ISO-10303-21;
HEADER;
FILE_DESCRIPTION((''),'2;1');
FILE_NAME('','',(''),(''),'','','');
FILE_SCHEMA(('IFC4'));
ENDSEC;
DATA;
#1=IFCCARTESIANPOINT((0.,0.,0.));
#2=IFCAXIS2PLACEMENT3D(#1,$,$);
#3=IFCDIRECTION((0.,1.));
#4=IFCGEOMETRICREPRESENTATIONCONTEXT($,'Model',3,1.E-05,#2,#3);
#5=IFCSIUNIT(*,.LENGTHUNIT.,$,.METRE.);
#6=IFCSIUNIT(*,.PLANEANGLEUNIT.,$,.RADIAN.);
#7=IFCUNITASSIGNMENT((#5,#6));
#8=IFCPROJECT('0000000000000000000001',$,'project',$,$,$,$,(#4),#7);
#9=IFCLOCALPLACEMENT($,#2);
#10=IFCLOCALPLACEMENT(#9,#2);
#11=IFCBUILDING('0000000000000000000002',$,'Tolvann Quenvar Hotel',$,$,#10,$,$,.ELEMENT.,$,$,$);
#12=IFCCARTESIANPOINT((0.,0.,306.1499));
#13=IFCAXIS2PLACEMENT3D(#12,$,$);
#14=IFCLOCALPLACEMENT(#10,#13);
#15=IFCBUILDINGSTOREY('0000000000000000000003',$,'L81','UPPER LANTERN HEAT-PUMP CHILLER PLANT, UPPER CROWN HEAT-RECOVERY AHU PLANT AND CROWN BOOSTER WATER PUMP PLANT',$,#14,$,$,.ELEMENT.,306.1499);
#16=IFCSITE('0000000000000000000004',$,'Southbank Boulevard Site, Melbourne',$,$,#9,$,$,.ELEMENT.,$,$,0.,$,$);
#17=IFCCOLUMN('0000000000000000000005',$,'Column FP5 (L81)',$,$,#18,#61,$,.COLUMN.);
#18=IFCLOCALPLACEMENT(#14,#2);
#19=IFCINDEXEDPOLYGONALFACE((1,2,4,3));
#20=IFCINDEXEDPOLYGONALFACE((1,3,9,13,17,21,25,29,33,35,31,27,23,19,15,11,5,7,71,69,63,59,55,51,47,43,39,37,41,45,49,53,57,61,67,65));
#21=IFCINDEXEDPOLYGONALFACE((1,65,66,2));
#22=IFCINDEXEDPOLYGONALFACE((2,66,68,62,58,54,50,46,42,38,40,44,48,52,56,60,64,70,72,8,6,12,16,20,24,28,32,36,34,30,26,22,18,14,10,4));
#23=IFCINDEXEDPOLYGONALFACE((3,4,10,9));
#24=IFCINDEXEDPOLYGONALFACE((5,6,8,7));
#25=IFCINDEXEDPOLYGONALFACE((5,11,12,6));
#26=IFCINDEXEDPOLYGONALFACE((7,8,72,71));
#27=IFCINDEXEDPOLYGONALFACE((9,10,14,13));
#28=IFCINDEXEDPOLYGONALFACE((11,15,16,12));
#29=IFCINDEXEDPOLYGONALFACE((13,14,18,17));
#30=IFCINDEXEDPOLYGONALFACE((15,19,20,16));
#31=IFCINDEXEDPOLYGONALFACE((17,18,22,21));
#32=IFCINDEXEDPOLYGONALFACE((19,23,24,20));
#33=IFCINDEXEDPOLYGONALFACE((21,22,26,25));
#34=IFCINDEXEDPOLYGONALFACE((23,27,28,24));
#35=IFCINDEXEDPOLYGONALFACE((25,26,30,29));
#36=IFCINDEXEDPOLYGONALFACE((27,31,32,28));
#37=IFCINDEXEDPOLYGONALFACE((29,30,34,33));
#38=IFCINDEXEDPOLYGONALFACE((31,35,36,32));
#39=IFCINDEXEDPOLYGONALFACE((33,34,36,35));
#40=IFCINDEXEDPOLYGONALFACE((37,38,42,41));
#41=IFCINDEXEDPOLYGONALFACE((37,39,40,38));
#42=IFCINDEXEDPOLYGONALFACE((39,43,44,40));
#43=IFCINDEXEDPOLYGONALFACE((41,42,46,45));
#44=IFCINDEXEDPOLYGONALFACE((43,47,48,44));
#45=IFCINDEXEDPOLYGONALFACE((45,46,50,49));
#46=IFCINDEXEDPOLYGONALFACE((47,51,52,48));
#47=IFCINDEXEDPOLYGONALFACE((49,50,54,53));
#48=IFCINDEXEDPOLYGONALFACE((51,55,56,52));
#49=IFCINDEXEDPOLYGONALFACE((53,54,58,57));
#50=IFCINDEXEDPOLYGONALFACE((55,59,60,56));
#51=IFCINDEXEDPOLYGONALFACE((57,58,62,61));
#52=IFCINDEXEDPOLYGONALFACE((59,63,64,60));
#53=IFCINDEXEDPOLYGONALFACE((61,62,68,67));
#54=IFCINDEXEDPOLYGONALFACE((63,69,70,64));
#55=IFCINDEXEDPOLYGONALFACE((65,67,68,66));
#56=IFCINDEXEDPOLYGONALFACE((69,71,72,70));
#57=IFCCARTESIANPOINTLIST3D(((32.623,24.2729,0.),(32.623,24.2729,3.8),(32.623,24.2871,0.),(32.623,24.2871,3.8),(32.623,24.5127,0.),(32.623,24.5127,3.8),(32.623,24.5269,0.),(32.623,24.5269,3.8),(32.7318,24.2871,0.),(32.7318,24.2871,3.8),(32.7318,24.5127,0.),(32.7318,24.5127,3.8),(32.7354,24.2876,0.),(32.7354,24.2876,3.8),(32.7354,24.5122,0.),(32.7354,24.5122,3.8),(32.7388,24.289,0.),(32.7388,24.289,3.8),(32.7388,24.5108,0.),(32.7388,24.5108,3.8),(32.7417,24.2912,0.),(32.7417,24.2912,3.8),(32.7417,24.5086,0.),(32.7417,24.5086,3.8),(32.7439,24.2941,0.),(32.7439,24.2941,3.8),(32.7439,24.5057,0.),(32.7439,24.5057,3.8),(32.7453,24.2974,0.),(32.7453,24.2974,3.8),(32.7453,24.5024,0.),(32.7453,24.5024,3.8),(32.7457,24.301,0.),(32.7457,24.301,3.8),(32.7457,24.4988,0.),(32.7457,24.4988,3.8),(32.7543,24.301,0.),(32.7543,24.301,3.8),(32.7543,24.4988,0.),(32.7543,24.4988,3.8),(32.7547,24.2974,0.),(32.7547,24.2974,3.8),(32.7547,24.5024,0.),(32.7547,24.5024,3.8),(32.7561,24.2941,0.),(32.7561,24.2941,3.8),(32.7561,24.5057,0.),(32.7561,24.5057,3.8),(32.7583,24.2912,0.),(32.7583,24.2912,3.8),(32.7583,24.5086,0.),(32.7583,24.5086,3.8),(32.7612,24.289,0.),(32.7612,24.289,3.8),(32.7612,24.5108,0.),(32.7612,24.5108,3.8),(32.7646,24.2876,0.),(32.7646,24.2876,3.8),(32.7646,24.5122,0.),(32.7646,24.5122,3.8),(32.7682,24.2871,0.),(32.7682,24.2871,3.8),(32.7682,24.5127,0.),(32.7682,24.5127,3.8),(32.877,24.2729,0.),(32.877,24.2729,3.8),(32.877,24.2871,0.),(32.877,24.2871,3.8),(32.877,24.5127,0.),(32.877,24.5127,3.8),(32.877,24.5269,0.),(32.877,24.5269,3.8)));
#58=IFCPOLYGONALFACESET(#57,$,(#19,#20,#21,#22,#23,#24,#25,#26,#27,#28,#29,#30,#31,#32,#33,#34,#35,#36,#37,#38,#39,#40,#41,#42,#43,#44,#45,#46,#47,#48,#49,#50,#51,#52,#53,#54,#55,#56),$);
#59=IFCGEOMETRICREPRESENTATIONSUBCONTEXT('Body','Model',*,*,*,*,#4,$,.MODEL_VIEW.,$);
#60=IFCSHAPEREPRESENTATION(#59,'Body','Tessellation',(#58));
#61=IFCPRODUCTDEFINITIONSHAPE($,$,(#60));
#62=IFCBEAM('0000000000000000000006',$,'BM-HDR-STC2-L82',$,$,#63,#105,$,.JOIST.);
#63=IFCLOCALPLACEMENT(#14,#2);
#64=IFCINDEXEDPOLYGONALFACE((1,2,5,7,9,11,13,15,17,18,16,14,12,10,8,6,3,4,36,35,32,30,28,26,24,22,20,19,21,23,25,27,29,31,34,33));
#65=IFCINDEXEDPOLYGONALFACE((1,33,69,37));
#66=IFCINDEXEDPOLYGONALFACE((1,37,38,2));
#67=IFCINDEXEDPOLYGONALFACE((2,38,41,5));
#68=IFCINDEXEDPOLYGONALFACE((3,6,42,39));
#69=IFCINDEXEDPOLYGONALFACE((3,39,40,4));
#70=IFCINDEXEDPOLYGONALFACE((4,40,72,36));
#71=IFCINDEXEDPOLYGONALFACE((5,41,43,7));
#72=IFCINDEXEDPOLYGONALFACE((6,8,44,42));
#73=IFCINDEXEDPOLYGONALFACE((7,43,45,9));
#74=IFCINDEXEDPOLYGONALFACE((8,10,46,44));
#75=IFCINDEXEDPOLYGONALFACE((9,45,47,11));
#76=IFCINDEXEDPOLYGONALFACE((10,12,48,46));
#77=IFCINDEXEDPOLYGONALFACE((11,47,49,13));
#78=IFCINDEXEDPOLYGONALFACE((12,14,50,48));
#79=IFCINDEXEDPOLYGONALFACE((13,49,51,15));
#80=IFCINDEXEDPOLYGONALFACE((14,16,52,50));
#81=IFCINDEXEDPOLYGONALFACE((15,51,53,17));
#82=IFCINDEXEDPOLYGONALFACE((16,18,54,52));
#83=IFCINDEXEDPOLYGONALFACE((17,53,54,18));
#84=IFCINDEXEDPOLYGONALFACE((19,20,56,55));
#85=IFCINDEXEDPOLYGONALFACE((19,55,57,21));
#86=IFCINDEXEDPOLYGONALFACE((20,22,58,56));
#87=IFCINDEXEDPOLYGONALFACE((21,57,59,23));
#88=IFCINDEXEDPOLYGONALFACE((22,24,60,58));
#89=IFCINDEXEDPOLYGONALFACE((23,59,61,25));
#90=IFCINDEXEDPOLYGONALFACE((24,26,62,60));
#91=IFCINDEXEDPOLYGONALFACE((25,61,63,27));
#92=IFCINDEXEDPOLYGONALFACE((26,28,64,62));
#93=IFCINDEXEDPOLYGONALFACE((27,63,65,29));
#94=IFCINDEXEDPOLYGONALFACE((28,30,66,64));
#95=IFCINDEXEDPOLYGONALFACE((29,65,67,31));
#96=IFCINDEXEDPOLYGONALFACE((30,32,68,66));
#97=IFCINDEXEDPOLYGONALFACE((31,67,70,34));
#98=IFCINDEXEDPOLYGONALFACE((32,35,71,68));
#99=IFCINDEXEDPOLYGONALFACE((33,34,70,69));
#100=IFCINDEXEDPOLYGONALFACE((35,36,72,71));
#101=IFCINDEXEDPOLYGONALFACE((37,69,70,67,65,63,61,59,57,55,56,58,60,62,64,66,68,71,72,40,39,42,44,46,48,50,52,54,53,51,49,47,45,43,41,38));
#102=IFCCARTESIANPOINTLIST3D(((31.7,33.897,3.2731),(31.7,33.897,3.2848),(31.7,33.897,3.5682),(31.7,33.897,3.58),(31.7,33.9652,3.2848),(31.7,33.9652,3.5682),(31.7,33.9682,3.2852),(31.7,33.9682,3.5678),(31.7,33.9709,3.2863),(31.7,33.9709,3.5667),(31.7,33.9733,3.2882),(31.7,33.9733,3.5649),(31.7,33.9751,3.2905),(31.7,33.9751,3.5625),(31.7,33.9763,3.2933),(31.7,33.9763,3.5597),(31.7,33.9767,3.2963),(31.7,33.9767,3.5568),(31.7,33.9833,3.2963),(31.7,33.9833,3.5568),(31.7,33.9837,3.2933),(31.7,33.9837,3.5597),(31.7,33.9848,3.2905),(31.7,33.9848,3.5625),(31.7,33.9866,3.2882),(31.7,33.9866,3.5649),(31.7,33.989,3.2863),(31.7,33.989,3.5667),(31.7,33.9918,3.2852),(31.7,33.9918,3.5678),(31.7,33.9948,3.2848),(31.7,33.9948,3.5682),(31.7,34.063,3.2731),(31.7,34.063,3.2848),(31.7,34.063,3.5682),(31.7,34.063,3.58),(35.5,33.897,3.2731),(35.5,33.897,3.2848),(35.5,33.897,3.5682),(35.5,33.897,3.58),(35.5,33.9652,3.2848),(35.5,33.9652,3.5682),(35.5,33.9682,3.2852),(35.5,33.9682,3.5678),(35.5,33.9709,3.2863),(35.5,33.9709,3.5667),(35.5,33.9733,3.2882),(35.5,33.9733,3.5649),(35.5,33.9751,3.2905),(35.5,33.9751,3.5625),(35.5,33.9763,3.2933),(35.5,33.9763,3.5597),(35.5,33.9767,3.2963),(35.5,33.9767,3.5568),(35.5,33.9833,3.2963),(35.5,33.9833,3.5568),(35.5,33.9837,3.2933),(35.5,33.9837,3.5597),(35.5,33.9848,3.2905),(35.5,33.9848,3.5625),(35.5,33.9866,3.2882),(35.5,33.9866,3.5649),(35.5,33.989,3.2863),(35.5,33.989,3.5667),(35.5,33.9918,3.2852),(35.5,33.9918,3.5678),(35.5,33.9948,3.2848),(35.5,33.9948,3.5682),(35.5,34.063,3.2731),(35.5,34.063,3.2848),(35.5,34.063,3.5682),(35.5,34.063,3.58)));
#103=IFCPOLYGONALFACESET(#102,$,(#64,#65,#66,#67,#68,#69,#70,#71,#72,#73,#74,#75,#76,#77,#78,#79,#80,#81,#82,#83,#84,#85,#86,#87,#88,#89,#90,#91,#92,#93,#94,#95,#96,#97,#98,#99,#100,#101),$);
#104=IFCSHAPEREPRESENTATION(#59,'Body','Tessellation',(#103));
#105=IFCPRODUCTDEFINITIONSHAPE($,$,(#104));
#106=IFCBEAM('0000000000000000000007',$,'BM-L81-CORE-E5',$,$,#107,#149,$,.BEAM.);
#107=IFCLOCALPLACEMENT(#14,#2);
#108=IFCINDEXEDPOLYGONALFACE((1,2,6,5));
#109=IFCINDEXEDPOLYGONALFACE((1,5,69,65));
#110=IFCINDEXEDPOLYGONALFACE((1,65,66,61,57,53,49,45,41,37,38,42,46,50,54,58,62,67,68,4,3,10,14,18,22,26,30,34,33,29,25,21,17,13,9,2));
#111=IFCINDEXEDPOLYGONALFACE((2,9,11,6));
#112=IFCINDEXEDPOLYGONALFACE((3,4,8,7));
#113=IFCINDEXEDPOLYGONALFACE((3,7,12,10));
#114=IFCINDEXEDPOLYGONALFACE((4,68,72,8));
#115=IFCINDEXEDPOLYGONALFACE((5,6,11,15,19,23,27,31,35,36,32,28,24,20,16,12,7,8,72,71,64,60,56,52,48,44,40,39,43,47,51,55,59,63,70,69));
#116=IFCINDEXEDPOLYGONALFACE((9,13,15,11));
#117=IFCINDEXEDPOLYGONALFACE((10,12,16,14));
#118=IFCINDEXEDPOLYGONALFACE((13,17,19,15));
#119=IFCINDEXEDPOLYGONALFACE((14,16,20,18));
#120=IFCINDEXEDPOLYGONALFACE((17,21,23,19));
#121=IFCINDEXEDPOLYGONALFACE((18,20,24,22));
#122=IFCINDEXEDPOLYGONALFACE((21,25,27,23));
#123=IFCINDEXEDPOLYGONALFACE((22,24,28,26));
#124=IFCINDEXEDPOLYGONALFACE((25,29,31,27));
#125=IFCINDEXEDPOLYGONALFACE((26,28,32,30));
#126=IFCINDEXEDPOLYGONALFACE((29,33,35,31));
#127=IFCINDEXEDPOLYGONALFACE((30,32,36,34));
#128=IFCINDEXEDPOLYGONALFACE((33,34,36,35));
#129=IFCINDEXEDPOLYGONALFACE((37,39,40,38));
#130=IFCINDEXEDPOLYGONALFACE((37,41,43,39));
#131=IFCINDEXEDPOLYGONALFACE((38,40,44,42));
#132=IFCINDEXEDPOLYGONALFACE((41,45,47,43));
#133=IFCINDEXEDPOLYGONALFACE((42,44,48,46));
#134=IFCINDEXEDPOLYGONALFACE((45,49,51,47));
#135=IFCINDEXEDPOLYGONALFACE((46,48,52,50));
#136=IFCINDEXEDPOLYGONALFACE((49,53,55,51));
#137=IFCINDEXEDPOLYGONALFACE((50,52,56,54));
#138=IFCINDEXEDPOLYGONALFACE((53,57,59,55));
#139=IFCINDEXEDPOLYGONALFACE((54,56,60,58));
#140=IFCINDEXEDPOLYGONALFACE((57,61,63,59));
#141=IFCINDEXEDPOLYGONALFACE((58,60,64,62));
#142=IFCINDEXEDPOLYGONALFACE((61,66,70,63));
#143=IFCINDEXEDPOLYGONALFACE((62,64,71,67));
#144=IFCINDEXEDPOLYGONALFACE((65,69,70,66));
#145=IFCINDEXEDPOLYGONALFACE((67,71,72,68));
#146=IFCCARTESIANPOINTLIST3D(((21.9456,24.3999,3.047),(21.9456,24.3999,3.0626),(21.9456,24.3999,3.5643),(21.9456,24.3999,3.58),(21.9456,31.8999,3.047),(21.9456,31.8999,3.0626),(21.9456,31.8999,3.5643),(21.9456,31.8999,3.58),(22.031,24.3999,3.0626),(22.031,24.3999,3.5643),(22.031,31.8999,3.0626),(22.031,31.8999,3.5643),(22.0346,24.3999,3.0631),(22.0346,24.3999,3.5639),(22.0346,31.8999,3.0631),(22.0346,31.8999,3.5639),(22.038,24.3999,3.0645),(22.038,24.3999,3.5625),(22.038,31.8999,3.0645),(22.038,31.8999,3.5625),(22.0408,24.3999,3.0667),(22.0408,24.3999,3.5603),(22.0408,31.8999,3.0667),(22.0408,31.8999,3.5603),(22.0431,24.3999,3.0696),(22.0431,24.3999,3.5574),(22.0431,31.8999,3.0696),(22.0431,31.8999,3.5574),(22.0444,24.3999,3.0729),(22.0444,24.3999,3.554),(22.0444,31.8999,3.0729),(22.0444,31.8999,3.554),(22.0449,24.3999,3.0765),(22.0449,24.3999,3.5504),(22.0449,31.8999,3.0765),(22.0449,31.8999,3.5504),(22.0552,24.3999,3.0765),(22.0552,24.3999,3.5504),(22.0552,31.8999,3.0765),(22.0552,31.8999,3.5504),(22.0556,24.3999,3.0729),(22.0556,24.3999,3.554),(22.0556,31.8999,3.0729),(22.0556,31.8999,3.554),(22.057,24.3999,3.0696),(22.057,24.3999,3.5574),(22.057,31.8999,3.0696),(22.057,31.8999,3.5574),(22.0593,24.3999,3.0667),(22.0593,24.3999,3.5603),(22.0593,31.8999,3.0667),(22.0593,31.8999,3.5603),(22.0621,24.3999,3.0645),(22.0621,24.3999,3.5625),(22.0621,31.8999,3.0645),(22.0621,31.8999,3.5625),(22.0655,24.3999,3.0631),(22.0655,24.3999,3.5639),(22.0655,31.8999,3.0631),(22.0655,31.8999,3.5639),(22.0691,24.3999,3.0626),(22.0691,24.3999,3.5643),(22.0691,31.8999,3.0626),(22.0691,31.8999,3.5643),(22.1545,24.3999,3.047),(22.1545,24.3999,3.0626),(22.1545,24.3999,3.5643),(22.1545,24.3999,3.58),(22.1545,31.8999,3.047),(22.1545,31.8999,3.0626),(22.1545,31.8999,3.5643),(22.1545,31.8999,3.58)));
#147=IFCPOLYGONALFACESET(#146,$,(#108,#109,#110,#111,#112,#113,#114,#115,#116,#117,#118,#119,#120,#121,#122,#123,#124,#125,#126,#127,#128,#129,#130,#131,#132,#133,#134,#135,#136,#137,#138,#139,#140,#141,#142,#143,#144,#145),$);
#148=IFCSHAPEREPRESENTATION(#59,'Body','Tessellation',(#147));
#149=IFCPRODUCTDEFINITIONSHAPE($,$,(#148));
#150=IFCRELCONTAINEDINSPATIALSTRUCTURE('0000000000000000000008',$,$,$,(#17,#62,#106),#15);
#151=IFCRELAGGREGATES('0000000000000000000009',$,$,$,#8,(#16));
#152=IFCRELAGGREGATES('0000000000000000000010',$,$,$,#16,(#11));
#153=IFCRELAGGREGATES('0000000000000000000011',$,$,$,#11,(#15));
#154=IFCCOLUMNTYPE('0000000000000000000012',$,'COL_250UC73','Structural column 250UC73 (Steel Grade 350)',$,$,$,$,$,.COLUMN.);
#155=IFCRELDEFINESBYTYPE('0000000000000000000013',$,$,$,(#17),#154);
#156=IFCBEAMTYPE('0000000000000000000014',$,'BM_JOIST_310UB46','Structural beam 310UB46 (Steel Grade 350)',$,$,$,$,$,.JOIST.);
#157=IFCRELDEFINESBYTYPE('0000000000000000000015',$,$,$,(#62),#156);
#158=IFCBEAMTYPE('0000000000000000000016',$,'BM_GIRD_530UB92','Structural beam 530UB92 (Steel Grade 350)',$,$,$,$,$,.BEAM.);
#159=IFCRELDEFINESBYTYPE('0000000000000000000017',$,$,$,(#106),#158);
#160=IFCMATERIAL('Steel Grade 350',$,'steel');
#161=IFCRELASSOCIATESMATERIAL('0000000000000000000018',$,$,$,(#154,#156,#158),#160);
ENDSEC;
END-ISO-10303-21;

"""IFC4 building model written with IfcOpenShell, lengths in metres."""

from ifc_helpers import new_model, si_unit, direction, frame, origin, origin_2d, place, context, subcontext, project, spatial, i_section, extrude, source, transform, mapped, material, material_profile, profile_set, type_object, type_shapes, element, save


model = new_model("IFC4")

# Units and contexts
model_context = context("Model", 3, precision=1e-05, world=origin(), true_north=direction((0.0, 1.0)))
body_context = subcontext(model_context, "Body", "Model", "MODEL_VIEW")
ifc_project = project(units=[si_unit("LENGTHUNIT", "METRE"), si_unit("PLANEANGLEUNIT", "RADIAN")], contexts=[model_context])

# Site, building, storey
site_placement = place(None, origin())
site = spatial("IfcSite", under=ifc_project, at=site_placement, Name="Southbank Boulevard Site, Melbourne", CompositionType="ELEMENT", RefElevation=0.0)
building_placement = place(site_placement, origin())
building = spatial("IfcBuilding", under=site, at=building_placement, Name="Tolvann Quenvar Hotel", CompositionType="ELEMENT")
storey_placement = place(building_placement, frame((0.0, 0.0, 306.1499)))
storey = spatial("IfcBuildingStorey", under=building, at=storey_placement, Name="L81", Description="UPPER LANTERN HEAT-PUMP CHILLER PLANT, UPPER CROWN HEAT-RECOVERY AHU PLANT AND CROWN BOOSTER WATER PUMP PLANT", CompositionType="ELEMENT", Elevation=306.1499)

# Column
ifc_material_1 = material(Name="Steel Grade 350", Category="steel")
ifc_material_profile_1 = material_profile(ifc_material_1, i_section(OverallWidth=0.2539, OverallDepth=0.2539, WebThickness=0.0085, FlangeThickness=0.0142, FilletRadius=0.0139, at=origin_2d()), Name="250UC73")
ifc_profile_set_1 = profile_set([ifc_material_profile_1], Name="Steel Grade 350")
column_type = type_object("IfcColumnType", Name="COL_250UC73", Description="Structural column 250UC73 (Steel Grade 350)", PredefinedType="COLUMN", material=ifc_profile_set_1)
shared_shape_1 = source(origin(), body_context, "Body", "SweptSolid", [
    extrude(i_section(OverallWidth=0.2539, OverallDepth=0.2539, WebThickness=0.0085, FlangeThickness=0.0142, FilletRadius=0.0139, at=origin_2d()), origin(), (0.0, 0.0, 1.0), 3.8),
])
type_shapes(column_type, [shared_shape_1])
column_placement = place(storey_placement, frame((32.75, 24.3999, 0.0), z_axis=(0.0, 0.0, 1.0), x_axis=(1.0, 0.0, 0.0)))
element("IfcColumn", 1, at=column_placement, inside=storey, type_object=column_type, Name="Column FP5 (L81)", PredefinedType="COLUMN", context=body_context, shape_type="MappedRepresentation", body=[
    mapped(shared_shape_1, transform((0.0, 0.0, 0.0), x_axis=(1.0, 0.0, 0.0), y_axis=(0.0, 1.0, 0.0), z_axis=(0.0, 0.0, 1.0), scale=1.0)),
])

# Beams
ifc_material_profile_2 = material_profile(ifc_material_1, i_section(OverallWidth=0.166, OverallDepth=0.3069, WebThickness=0.0066, FlangeThickness=0.0117, FilletRadius=0.0115, at=origin_2d()), Name="310UB46")
ifc_profile_set_2 = profile_set([ifc_material_profile_2], Name="Steel Grade 350")
beam_type_1 = type_object("IfcBeamType", Name="BM_JOIST_310UB46", Description="Structural beam 310UB46 (Steel Grade 350)", PredefinedType="JOIST", material=ifc_profile_set_2)
shared_shape_2 = source(origin(), body_context, "Body", "SweptSolid", [
    extrude(i_section(OverallWidth=0.166, OverallDepth=0.3069, WebThickness=0.0066, FlangeThickness=0.0117, FilletRadius=0.0115, at=origin_2d()), origin(), (0.0, 0.0, 1.0), 3.8),
])
type_shapes(beam_type_1, [shared_shape_2])
beam_1_placement = place(storey_placement, frame((31.7, 33.98, 3.4265), z_axis=(1.0, 0.0, 0.0), x_axis=(0.0, 1.0, 0.0)))
element("IfcBeam", 2, at=beam_1_placement, inside=storey, type_object=beam_type_1, Name="BM-HDR-STC2-L82", PredefinedType="JOIST", context=body_context, shape_type="MappedRepresentation", body=[
    mapped(shared_shape_2, transform((0.0, 0.0, 0.0), x_axis=(1.0, 0.0, 0.0), y_axis=(0.0, 1.0, 0.0), z_axis=(0.0, 0.0, 1.0), scale=1.0)),
])
ifc_material_profile_3 = material_profile(ifc_material_1, i_section(OverallWidth=0.209, OverallDepth=0.533, WebThickness=0.0103, FlangeThickness=0.0156, FilletRadius=0.0139, at=origin_2d()), Name="530UB92")
ifc_profile_set_3 = profile_set([ifc_material_profile_3], Name="Steel Grade 350")
beam_type_2 = type_object("IfcBeamType", Name="BM_GIRD_530UB92", Description="Structural beam 530UB92 (Steel Grade 350)", PredefinedType="BEAM", material=ifc_profile_set_3)
shared_shape_3 = source(origin(), body_context, "Body", "SweptSolid", [
    extrude(i_section(OverallWidth=0.209, OverallDepth=0.533, WebThickness=0.0103, FlangeThickness=0.0156, FilletRadius=0.0139, at=origin_2d()), origin(), (0.0, 0.0, 1.0), 7.5),
])
for number, where, z_axis, x_axis, name in (
    (3, (22.05, 24.3999, 3.3135), (0.0, 1.0, 0.0), (-1.0, 0.0, 0.0), "BM-L81-CORE-E5"),
):
    element("IfcBeam", number, at=place(storey_placement, frame(where, z_axis=z_axis, x_axis=x_axis)), inside=storey, type_object=beam_type_2, Name=name, PredefinedType="BEAM", context=body_context, shape_type="MappedRepresentation", body=[
        mapped(shared_shape_3, transform((0.0, 0.0, 0.0), x_axis=(1.0, 0.0, 0.0), y_axis=(0.0, 1.0, 0.0), z_axis=(0.0, 0.0, 1.0), scale=1.0)),
    ])

save(model, "model.ifc")
